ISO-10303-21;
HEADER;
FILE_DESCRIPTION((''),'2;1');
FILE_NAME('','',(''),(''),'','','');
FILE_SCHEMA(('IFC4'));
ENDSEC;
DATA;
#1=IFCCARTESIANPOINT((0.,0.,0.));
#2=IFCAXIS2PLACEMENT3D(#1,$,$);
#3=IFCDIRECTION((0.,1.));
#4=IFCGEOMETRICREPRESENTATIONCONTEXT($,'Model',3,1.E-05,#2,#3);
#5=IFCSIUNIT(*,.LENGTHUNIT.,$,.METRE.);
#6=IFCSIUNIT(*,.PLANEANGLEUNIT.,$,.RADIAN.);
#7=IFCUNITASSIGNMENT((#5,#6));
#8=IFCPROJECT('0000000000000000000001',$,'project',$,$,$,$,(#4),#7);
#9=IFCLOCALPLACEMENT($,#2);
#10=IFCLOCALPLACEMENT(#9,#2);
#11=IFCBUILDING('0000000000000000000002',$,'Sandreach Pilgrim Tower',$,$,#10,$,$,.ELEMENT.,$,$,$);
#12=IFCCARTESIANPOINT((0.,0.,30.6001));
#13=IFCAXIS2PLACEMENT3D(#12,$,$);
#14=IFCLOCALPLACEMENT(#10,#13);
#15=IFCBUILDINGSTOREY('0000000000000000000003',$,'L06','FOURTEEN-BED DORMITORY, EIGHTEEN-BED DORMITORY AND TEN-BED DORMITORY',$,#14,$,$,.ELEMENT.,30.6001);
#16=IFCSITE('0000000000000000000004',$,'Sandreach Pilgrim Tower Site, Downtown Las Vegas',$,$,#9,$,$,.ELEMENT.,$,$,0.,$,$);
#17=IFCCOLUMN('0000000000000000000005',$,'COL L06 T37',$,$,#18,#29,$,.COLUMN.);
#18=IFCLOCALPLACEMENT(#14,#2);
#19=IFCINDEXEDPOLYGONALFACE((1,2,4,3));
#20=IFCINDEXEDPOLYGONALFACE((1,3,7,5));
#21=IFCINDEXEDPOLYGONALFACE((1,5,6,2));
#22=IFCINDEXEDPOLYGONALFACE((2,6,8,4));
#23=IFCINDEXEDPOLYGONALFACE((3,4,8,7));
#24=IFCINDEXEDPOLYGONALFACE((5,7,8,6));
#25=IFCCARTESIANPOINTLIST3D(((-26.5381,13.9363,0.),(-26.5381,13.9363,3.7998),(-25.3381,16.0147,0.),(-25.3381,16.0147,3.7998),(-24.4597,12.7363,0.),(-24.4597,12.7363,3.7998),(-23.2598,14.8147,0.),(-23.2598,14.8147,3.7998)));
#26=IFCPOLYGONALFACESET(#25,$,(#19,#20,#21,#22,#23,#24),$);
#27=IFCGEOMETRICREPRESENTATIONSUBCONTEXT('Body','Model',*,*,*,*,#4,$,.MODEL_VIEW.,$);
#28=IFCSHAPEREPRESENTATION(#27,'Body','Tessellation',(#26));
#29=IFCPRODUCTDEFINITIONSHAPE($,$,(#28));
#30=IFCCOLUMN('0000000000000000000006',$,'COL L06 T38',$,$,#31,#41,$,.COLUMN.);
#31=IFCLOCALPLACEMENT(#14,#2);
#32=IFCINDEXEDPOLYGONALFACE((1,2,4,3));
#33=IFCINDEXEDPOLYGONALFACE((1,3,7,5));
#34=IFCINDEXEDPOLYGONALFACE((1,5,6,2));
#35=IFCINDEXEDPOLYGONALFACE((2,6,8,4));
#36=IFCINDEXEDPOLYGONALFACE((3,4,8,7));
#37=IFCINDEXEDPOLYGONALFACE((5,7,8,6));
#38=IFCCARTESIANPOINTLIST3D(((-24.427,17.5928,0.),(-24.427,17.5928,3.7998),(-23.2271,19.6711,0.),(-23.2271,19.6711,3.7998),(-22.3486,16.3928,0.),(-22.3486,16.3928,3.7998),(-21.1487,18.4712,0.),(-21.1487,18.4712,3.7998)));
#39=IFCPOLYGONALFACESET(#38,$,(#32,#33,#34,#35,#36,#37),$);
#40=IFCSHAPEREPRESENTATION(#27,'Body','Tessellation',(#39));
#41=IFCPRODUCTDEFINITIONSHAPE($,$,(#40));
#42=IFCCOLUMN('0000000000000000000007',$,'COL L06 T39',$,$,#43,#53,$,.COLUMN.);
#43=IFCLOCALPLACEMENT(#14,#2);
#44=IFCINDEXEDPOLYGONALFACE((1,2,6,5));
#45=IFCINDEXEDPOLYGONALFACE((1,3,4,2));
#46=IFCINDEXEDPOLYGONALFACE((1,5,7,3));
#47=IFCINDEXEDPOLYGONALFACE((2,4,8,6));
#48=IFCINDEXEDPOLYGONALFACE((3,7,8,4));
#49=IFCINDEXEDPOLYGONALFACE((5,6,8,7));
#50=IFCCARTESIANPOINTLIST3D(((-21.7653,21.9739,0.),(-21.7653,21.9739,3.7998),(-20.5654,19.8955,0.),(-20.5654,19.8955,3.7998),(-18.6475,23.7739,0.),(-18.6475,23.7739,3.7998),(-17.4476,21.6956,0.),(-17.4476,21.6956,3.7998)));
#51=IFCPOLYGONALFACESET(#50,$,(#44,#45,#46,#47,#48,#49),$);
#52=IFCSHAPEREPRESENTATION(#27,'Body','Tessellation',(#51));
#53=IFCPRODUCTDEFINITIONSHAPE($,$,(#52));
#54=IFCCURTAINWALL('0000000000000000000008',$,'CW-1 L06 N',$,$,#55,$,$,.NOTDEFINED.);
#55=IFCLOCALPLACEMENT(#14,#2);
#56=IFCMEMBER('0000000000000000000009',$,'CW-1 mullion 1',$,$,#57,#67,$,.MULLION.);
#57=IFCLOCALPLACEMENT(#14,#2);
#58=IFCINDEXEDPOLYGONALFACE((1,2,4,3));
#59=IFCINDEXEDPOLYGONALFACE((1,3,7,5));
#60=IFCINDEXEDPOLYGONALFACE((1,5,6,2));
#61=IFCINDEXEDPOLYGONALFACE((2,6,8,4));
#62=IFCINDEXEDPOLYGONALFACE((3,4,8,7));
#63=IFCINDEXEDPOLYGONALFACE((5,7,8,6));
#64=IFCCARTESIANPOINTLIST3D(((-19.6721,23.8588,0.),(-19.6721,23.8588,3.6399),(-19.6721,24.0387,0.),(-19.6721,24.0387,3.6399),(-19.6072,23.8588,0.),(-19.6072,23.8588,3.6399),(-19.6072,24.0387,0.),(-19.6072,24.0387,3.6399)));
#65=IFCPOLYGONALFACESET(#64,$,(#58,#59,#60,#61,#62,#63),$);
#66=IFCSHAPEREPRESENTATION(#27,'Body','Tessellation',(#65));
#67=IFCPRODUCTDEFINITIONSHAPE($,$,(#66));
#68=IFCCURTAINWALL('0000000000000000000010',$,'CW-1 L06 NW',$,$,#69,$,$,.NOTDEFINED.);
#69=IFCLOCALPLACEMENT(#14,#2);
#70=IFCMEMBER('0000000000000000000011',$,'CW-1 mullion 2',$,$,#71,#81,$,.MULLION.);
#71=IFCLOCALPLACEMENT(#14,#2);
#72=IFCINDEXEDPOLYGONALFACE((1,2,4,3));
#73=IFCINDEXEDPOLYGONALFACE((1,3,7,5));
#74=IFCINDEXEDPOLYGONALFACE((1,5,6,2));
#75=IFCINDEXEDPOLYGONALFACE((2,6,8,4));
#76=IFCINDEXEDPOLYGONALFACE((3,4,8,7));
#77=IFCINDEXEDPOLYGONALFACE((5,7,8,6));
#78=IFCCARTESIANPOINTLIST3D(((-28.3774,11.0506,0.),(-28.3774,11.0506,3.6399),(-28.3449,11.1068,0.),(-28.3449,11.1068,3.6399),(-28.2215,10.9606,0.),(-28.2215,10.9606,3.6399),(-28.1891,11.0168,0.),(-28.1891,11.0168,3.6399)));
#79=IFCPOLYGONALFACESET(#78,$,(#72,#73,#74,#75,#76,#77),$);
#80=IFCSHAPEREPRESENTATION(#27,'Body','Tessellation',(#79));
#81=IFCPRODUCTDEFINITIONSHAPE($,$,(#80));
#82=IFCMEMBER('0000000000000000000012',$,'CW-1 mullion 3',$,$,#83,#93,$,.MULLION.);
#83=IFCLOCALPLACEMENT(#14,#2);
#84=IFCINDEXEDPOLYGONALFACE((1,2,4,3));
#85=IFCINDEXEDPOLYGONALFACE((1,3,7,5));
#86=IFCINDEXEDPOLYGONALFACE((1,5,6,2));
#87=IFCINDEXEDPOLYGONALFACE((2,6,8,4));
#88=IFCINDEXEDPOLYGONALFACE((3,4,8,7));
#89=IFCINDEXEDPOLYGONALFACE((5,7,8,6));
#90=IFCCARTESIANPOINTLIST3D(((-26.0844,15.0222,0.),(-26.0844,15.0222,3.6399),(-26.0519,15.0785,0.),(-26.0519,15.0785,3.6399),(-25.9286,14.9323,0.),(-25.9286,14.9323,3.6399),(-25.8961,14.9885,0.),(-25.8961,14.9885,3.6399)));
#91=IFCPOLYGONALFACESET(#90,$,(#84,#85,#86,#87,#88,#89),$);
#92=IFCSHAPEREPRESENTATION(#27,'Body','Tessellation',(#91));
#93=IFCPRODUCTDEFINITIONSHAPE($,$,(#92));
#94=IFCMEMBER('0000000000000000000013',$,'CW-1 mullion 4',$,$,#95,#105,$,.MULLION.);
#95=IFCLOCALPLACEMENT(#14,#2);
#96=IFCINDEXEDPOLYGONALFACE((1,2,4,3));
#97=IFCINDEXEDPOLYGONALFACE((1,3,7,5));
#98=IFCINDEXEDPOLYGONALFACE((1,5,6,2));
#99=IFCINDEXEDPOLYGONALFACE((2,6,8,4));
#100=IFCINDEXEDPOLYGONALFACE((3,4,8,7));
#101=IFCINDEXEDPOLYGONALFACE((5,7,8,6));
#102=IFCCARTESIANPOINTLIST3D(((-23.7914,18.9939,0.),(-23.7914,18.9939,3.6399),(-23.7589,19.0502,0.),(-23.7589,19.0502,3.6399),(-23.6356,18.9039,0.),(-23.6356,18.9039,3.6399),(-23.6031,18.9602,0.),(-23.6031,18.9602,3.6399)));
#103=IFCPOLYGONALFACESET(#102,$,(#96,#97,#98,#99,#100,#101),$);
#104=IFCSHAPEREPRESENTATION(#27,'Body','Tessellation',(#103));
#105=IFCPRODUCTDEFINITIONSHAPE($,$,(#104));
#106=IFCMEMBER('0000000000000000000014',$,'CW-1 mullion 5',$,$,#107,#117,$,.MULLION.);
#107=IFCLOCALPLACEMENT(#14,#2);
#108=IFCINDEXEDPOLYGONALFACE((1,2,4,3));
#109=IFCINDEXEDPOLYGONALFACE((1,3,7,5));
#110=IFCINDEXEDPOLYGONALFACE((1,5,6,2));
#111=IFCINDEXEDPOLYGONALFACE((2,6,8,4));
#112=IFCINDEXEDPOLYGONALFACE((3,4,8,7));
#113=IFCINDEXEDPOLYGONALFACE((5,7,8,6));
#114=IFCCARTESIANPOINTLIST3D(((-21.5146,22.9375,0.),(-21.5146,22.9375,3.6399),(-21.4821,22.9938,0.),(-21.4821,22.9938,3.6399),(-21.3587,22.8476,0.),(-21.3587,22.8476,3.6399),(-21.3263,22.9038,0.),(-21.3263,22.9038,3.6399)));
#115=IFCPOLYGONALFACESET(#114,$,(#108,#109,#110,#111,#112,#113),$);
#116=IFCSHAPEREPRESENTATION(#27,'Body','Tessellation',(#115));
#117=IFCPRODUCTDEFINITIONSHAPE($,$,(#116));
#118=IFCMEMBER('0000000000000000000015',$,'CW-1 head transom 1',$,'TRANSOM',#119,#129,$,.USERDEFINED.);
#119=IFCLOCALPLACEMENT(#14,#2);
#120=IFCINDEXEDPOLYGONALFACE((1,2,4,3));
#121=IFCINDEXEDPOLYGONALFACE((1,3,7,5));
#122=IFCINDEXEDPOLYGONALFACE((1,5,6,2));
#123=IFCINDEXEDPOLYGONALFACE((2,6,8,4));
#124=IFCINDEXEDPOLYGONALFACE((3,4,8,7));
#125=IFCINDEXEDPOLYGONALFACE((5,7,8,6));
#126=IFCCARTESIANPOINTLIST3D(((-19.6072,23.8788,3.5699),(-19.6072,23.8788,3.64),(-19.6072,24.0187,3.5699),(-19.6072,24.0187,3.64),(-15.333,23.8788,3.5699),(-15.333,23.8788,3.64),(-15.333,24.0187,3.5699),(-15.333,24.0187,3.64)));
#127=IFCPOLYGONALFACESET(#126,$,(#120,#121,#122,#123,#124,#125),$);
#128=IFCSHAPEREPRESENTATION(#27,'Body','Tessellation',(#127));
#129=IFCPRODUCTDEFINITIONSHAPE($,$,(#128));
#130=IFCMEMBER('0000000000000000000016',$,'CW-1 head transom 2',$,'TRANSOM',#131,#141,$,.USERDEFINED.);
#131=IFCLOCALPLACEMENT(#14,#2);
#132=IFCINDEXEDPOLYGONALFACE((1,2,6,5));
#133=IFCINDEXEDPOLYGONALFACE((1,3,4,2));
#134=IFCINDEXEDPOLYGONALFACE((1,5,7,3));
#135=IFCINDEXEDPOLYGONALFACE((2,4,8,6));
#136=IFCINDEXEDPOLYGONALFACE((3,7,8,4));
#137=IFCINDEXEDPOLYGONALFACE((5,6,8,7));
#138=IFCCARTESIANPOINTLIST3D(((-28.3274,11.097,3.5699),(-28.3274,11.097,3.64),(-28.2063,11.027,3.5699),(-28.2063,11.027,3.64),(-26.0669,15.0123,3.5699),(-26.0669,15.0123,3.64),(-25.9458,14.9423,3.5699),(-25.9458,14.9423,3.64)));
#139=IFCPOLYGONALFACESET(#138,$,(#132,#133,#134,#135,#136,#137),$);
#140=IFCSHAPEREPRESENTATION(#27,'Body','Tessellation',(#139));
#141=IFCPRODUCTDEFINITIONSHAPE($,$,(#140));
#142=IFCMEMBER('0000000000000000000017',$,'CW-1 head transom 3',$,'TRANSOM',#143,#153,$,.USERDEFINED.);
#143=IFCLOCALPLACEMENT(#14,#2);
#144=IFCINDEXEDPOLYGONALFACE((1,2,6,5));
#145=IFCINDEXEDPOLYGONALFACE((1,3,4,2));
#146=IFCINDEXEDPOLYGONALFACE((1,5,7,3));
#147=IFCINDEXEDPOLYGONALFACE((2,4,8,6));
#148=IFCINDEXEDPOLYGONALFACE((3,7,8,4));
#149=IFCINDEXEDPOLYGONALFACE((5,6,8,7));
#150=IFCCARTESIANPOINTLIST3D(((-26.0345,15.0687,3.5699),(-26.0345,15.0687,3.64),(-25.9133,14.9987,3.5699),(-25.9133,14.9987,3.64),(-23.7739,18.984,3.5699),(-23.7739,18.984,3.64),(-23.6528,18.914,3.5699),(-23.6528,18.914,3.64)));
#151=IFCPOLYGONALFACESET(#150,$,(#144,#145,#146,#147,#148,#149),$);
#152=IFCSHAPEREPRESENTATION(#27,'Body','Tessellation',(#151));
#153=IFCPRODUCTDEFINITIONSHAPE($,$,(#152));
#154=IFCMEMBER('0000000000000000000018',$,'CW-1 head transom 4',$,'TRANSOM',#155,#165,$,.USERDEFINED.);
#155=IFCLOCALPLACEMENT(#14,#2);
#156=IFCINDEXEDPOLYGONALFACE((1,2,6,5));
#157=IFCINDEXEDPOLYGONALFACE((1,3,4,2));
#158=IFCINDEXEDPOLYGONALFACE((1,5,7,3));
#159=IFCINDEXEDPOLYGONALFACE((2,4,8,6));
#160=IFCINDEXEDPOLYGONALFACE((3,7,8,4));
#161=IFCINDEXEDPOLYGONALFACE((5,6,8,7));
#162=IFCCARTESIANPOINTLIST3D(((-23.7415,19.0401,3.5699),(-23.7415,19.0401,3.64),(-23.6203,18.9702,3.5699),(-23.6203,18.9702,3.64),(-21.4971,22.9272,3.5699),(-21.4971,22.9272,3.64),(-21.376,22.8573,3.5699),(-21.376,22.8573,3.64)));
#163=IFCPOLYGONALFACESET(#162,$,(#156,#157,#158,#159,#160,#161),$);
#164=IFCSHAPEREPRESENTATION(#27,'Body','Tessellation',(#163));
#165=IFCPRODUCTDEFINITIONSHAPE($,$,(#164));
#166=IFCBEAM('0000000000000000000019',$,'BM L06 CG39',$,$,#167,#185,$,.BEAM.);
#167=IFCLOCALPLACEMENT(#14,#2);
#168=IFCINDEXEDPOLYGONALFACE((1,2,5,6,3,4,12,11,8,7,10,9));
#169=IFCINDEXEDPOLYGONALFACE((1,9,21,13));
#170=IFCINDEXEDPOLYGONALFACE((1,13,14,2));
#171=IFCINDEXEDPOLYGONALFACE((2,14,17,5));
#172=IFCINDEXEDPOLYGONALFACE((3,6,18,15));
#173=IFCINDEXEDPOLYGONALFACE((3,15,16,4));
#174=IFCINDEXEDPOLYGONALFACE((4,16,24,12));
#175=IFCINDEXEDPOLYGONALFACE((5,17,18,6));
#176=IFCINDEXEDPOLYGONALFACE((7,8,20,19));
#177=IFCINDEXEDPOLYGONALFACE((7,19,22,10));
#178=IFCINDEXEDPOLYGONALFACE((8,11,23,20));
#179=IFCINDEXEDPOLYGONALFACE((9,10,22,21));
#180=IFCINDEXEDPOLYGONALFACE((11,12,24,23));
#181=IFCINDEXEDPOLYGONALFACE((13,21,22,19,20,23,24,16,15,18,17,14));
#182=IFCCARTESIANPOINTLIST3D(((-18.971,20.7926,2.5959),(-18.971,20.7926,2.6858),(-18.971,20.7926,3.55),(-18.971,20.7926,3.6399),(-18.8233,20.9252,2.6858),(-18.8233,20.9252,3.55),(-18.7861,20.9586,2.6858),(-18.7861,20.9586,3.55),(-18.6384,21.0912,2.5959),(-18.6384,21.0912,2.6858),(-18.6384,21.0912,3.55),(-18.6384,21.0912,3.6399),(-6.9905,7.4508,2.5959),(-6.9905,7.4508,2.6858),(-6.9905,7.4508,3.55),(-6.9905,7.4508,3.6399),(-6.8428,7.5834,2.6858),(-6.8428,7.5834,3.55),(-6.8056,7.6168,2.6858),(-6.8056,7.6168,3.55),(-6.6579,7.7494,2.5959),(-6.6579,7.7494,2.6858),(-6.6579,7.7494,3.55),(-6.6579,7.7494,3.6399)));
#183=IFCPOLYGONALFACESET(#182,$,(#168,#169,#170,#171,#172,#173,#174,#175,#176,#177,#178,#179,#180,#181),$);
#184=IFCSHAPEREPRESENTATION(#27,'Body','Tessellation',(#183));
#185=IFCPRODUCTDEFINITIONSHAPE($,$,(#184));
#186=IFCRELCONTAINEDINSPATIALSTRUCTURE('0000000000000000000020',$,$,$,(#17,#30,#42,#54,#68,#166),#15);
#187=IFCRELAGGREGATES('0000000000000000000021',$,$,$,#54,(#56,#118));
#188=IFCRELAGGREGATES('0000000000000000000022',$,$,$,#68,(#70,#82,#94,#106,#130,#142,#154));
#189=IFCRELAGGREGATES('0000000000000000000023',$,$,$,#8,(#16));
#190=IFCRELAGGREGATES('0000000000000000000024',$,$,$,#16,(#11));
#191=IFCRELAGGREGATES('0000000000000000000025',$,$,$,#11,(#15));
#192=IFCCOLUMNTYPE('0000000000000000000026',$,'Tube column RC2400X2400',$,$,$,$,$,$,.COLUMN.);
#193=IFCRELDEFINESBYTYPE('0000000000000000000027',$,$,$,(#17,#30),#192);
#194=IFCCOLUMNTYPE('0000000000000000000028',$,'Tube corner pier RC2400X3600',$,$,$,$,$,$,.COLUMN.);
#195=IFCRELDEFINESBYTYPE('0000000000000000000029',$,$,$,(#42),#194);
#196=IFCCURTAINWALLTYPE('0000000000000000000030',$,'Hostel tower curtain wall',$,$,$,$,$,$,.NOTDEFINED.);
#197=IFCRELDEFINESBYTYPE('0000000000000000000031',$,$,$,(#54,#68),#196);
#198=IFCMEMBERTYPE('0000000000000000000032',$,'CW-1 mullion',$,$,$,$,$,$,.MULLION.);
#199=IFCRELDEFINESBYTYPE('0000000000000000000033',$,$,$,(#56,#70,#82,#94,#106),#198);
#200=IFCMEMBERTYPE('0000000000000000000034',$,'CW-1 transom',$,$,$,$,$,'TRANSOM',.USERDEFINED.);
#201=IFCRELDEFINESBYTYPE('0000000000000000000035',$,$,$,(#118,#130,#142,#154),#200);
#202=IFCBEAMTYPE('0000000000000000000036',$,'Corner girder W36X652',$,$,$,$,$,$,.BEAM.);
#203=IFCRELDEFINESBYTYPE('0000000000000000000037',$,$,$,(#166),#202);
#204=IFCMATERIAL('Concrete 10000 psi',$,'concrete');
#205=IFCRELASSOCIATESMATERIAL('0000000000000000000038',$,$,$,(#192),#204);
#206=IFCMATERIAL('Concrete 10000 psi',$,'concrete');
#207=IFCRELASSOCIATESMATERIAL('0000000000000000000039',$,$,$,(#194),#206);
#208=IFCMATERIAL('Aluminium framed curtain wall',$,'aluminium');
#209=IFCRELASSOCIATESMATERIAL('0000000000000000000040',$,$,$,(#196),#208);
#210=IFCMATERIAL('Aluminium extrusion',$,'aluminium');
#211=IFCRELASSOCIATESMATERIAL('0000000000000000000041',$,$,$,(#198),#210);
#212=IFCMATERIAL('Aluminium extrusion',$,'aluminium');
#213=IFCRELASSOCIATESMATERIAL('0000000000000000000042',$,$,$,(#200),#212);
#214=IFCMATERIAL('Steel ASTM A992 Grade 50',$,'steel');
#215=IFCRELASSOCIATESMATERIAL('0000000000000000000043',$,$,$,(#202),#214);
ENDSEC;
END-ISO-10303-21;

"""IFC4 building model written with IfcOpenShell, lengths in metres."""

from ifc_helpers import new_model, si_unit, direction, frame, origin, origin_2d, place, context, subcontext, project, spatial, rectangle, i_section, extrude, material, material_profile, profile_set, type_object, element, aggregate, save


model = new_model("IFC4")

# Units and contexts
model_context = context("Model", 3, precision=1e-05, world=origin(), true_north=direction((0.0, 1.0)))
body_context = subcontext(model_context, "Body", "Model", "MODEL_VIEW")
ifc_project = project(units=[si_unit("LENGTHUNIT", "METRE"), si_unit("PLANEANGLEUNIT", "RADIAN")], contexts=[model_context])

# Site, building, storey
site_placement = place(None, origin())
site = spatial("IfcSite", under=ifc_project, at=site_placement, Name="Sandreach Pilgrim Tower Site, Downtown Las Vegas", CompositionType="ELEMENT", RefElevation=0.0)
building_placement = place(site_placement, origin())
building = spatial("IfcBuilding", under=site, at=building_placement, Name="Sandreach Pilgrim Tower", CompositionType="ELEMENT")
storey_placement = place(building_placement, frame((0.0, 0.0, 30.6001)))
storey = spatial("IfcBuildingStorey", under=building, at=storey_placement, Name="L06", Description="FOURTEEN-BED DORMITORY, EIGHTEEN-BED DORMITORY AND TEN-BED DORMITORY", CompositionType="ELEMENT", Elevation=30.6001)

# Columns
ifc_material_1 = material(Name="Concrete 10000 psi", Category="concrete")
ifc_material_profile_1 = material_profile(ifc_material_1, rectangle(XDim=2.3999, YDim=2.3999, at=origin_2d()), Name="RC2400X2400")
ifc_profile_set_1 = profile_set([ifc_material_profile_1], Name="Concrete 10000 psi")
column_type_1 = type_object("IfcColumnType", Name="Tube column RC2400X2400", PredefinedType="COLUMN", material=ifc_profile_set_1)
for number, where, z_axis, x_axis, name in (
    (1, (-24.8989, 14.3755, 0.0), (0.0, 0.0, 1.0), (-0.866025, 0.5, 0.0), "COL L06 T37"),
    (2, (-22.7878, 18.032, 0.0), (0.0, 0.0, 1.0), (-0.866025, 0.5, 0.0), "COL L06 T38"),
):
    element("IfcColumn", number, at=place(storey_placement, frame(where, z_axis=z_axis, x_axis=x_axis)), inside=storey, type_object=column_type_1, Name=name, PredefinedType="COLUMN", context=body_context, shape_type="SweptSolid", body=[
        extrude(rectangle(XDim=2.3999, YDim=2.3999, at=origin_2d()), origin(), (0.0, 0.0, 1.0), 3.7998),
    ])
ifc_material_2 = material(Name="Concrete 10000 psi", Category="concrete")
ifc_material_profile_2 = material_profile(ifc_material_2, rectangle(XDim=2.3999, YDim=3.6001, at=origin_2d()), Name="RC2400X3600")
ifc_profile_set_2 = profile_set([ifc_material_profile_2], Name="Concrete 10000 psi")
column_type_2 = type_object("IfcColumnType", Name="Tube corner pier RC2400X3600", PredefinedType="COLUMN", material=ifc_profile_set_2)
column_placement = place(storey_placement, frame((-19.6064, 21.8347, 0.0), z_axis=(0.0, 0.0, 1.0), x_axis=(-0.5, 0.866025, 0.0)))
element("IfcColumn", 3, at=column_placement, inside=storey, type_object=column_type_2, Name="COL L06 T39", PredefinedType="COLUMN", context=body_context, shape_type="SweptSolid", body=[
    extrude(rectangle(XDim=2.3999, YDim=3.6001, at=origin_2d()), origin(), (0.0, 0.0, 1.0), 3.7998),
])

# Curtain wall, member
ifc_material_3 = material(Name="Aluminium framed curtain wall", Category="aluminium")
curtain_wall_type = type_object("IfcCurtainWallType", Name="Hostel tower curtain wall", PredefinedType="NOTDEFINED", material=ifc_material_3)
curtain_wall_1_placement = place(storey_placement, origin())
curtain_wall_1 = element("IfcCurtainWall", 4, at=curtain_wall_1_placement, inside=storey, type_object=curtain_wall_type, Name="CW-1 L06 N", PredefinedType="NOTDEFINED")
ifc_material_4 = material(Name="Aluminium extrusion", Category="aluminium")
ifc_material_profile_3 = material_profile(ifc_material_4, rectangle(XDim=0.0649, YDim=0.1799, at=origin_2d()), Name="CW-1M 65X180")
ifc_profile_set_3 = profile_set([ifc_material_profile_3], Name="Aluminium extrusion")
member_type_1 = type_object("IfcMemberType", Name="CW-1 mullion", PredefinedType="MULLION", material=ifc_profile_set_3)
member_1_placement = place(storey_placement, frame((-19.6396, 23.9487, 0.0), z_axis=(0.0, 0.0, 1.0), x_axis=(1.0, 0.0, 0.0)))
member_1 = element("IfcMember", 5, at=member_1_placement, type_object=member_type_1, Name="CW-1 mullion 1", PredefinedType="MULLION", context=body_context, shape_type="SweptSolid", body=[
    extrude(rectangle(XDim=0.0649, YDim=0.1799, at=origin_2d()), origin(), (0.0, 0.0, 1.0), 3.6399),
])

# Curtain wall, members
curtain_wall_2_placement = place(storey_placement, origin())
curtain_wall_2 = element("IfcCurtainWall", 6, at=curtain_wall_2_placement, inside=storey, type_object=curtain_wall_type, Name="CW-1 L06 NW", PredefinedType="NOTDEFINED")
member_2_placement = place(storey_placement, frame((-28.2832, 11.0337, 0.0), z_axis=(0.0, 0.0, 1.0), x_axis=(0.5, 0.866025, 0.0)))
member_2 = element("IfcMember", 7, at=member_2_placement, type_object=member_type_1, Name="CW-1 mullion 2", PredefinedType="MULLION", context=body_context, shape_type="SweptSolid", body=[
    extrude(rectangle(XDim=0.0649, YDim=0.1799, at=origin_2d()), origin(), (0.0, 0.0, 1.0), 3.6399),
])
member_3_placement = place(storey_placement, frame((-25.9902, 15.0054, 0.0), z_axis=(0.0, 0.0, 1.0), x_axis=(0.5, 0.866025, 0.0)))
member_3 = element("IfcMember", 8, at=member_3_placement, type_object=member_type_1, Name="CW-1 mullion 3", PredefinedType="MULLION", context=body_context, shape_type="SweptSolid", body=[
    extrude(rectangle(XDim=0.0649, YDim=0.1799, at=origin_2d()), origin(), (0.0, 0.0, 1.0), 3.6399),
])
member_4_placement = place(storey_placement, frame((-23.6973, 18.9771, 0.0), z_axis=(0.0, 0.0, 1.0), x_axis=(0.5, 0.866025, 0.0)))
member_4 = element("IfcMember", 9, at=member_4_placement, type_object=member_type_1, Name="CW-1 mullion 4", PredefinedType="MULLION", context=body_context, shape_type="SweptSolid", body=[
    extrude(rectangle(XDim=0.0649, YDim=0.1799, at=origin_2d()), origin(), (0.0, 0.0, 1.0), 3.6399),
])
member_5_placement = place(storey_placement, frame((-21.4204, 22.9207, 0.0), z_axis=(0.0, 0.0, 1.0), x_axis=(0.5, 0.866025, 0.0)))
member_5 = element("IfcMember", 10, at=member_5_placement, type_object=member_type_1, Name="CW-1 mullion 5", PredefinedType="MULLION", context=body_context, shape_type="SweptSolid", body=[
    extrude(rectangle(XDim=0.0649, YDim=0.1799, at=origin_2d()), origin(), (0.0, 0.0, 1.0), 3.6399),
])

# Members
ifc_material_5 = material(Name="Aluminium extrusion", Category="aluminium")
ifc_material_profile_4 = material_profile(ifc_material_5, rectangle(XDim=0.1399, YDim=0.0701, at=origin_2d()), Name="CW-1T 140X70")
ifc_profile_set_4 = profile_set([ifc_material_profile_4], Name="Aluminium extrusion")
member_type_2 = type_object("IfcMemberType", Name="CW-1 transom", ElementType="TRANSOM", PredefinedType="USERDEFINED", material=ifc_profile_set_4)
member_6_placement = place(storey_placement, frame((-19.6072, 23.9487, 3.605), z_axis=(1.0, 0.0, 0.0), x_axis=(0.0, 1.0, 0.0)))
member_6 = element("IfcMember", 11, at=member_6_placement, type_object=member_type_2, Name="CW-1 head transom 1", ObjectType="TRANSOM", PredefinedType="USERDEFINED", context=body_context, shape_type="SweptSolid", body=[
    extrude(rectangle(XDim=0.1399, YDim=0.0701, at=origin_2d()), origin(), (0.0, 0.0, 1.0), 4.2742),
])
member_7_placement = place(storey_placement, frame((-28.2668, 11.062, 3.605), z_axis=(0.500001, 0.866025, 0.0), x_axis=(-0.866025, 0.500001, 0.0)))
member_7 = element("IfcMember", 12, at=member_7_placement, type_object=member_type_2, Name="CW-1 head transom 2", ObjectType="TRANSOM", PredefinedType="USERDEFINED", context=body_context, shape_type="SweptSolid", body=[
    extrude(rectangle(XDim=0.1399, YDim=0.0701, at=origin_2d()), origin(), (0.0, 0.0, 1.0), 4.521),
])
member_8_placement = place(storey_placement, frame((-25.9739, 15.0337, 3.605), z_axis=(0.500001, 0.866025, 0.0), x_axis=(-0.866025, 0.500001, 0.0)))
member_8 = element("IfcMember", 13, at=member_8_placement, type_object=member_type_2, Name="CW-1 head transom 3", ObjectType="TRANSOM", PredefinedType="USERDEFINED", context=body_context, shape_type="SweptSolid", body=[
    extrude(rectangle(XDim=0.1399, YDim=0.0701, at=origin_2d()), origin(), (0.0, 0.0, 1.0), 4.521),
])
member_9_placement = place(storey_placement, frame((-23.6809, 19.0051, 3.605), z_axis=(0.500018, 0.866015, 0.0), x_axis=(-0.866015, 0.500018, 0.0)))
member_9 = element("IfcMember", 14, at=member_9_placement, type_object=member_type_2, Name="CW-1 head transom 4", ObjectType="TRANSOM", PredefinedType="USERDEFINED", context=body_context, shape_type="SweptSolid", body=[
    extrude(rectangle(XDim=0.1399, YDim=0.0701, at=origin_2d()), origin(), (0.0, 0.0, 1.0), 4.4885),
])

# Beam
ifc_material_6 = material(Name="Steel ASTM A992 Grade 50", Category="steel")
ifc_material_profile_5 = material_profile(ifc_material_6, i_section(OverallWidth=0.447, OverallDepth=1.0439, WebThickness=0.05, FlangeThickness=0.0898, at=origin_2d()), Name="W36X652")
ifc_profile_set_5 = profile_set([ifc_material_profile_5], Name="Steel ASTM A992 Grade 50")
beam_type_1 = type_object("IfcBeamType", Name="Corner girder W36X652", PredefinedType="BEAM", material=ifc_profile_set_5)
beam_1_placement = place(storey_placement, frame((-18.8047, 20.9419, 3.1179), z_axis=(0.668128, -0.744047, 0.0), x_axis=(0.744047, 0.668128, 0.0)))
element("IfcBeam", 15, at=beam_1_placement, inside=storey, type_object=beam_type_1, Name="BM L06 CG39", PredefinedType="BEAM", context=body_context, shape_type="SweptSolid", body=[
    extrude(i_section(OverallWidth=0.447, OverallDepth=1.0439, WebThickness=0.05, FlangeThickness=0.0898, at=origin_2d()), origin(), (0.0, 0.0, 1.0), 17.9314),
])

aggregate(curtain_wall_1, [member_1, member_6])
aggregate(curtain_wall_2, [member_2, member_3, member_4, member_5, member_7, member_8, member_9])

save(model, "model.ifc")
